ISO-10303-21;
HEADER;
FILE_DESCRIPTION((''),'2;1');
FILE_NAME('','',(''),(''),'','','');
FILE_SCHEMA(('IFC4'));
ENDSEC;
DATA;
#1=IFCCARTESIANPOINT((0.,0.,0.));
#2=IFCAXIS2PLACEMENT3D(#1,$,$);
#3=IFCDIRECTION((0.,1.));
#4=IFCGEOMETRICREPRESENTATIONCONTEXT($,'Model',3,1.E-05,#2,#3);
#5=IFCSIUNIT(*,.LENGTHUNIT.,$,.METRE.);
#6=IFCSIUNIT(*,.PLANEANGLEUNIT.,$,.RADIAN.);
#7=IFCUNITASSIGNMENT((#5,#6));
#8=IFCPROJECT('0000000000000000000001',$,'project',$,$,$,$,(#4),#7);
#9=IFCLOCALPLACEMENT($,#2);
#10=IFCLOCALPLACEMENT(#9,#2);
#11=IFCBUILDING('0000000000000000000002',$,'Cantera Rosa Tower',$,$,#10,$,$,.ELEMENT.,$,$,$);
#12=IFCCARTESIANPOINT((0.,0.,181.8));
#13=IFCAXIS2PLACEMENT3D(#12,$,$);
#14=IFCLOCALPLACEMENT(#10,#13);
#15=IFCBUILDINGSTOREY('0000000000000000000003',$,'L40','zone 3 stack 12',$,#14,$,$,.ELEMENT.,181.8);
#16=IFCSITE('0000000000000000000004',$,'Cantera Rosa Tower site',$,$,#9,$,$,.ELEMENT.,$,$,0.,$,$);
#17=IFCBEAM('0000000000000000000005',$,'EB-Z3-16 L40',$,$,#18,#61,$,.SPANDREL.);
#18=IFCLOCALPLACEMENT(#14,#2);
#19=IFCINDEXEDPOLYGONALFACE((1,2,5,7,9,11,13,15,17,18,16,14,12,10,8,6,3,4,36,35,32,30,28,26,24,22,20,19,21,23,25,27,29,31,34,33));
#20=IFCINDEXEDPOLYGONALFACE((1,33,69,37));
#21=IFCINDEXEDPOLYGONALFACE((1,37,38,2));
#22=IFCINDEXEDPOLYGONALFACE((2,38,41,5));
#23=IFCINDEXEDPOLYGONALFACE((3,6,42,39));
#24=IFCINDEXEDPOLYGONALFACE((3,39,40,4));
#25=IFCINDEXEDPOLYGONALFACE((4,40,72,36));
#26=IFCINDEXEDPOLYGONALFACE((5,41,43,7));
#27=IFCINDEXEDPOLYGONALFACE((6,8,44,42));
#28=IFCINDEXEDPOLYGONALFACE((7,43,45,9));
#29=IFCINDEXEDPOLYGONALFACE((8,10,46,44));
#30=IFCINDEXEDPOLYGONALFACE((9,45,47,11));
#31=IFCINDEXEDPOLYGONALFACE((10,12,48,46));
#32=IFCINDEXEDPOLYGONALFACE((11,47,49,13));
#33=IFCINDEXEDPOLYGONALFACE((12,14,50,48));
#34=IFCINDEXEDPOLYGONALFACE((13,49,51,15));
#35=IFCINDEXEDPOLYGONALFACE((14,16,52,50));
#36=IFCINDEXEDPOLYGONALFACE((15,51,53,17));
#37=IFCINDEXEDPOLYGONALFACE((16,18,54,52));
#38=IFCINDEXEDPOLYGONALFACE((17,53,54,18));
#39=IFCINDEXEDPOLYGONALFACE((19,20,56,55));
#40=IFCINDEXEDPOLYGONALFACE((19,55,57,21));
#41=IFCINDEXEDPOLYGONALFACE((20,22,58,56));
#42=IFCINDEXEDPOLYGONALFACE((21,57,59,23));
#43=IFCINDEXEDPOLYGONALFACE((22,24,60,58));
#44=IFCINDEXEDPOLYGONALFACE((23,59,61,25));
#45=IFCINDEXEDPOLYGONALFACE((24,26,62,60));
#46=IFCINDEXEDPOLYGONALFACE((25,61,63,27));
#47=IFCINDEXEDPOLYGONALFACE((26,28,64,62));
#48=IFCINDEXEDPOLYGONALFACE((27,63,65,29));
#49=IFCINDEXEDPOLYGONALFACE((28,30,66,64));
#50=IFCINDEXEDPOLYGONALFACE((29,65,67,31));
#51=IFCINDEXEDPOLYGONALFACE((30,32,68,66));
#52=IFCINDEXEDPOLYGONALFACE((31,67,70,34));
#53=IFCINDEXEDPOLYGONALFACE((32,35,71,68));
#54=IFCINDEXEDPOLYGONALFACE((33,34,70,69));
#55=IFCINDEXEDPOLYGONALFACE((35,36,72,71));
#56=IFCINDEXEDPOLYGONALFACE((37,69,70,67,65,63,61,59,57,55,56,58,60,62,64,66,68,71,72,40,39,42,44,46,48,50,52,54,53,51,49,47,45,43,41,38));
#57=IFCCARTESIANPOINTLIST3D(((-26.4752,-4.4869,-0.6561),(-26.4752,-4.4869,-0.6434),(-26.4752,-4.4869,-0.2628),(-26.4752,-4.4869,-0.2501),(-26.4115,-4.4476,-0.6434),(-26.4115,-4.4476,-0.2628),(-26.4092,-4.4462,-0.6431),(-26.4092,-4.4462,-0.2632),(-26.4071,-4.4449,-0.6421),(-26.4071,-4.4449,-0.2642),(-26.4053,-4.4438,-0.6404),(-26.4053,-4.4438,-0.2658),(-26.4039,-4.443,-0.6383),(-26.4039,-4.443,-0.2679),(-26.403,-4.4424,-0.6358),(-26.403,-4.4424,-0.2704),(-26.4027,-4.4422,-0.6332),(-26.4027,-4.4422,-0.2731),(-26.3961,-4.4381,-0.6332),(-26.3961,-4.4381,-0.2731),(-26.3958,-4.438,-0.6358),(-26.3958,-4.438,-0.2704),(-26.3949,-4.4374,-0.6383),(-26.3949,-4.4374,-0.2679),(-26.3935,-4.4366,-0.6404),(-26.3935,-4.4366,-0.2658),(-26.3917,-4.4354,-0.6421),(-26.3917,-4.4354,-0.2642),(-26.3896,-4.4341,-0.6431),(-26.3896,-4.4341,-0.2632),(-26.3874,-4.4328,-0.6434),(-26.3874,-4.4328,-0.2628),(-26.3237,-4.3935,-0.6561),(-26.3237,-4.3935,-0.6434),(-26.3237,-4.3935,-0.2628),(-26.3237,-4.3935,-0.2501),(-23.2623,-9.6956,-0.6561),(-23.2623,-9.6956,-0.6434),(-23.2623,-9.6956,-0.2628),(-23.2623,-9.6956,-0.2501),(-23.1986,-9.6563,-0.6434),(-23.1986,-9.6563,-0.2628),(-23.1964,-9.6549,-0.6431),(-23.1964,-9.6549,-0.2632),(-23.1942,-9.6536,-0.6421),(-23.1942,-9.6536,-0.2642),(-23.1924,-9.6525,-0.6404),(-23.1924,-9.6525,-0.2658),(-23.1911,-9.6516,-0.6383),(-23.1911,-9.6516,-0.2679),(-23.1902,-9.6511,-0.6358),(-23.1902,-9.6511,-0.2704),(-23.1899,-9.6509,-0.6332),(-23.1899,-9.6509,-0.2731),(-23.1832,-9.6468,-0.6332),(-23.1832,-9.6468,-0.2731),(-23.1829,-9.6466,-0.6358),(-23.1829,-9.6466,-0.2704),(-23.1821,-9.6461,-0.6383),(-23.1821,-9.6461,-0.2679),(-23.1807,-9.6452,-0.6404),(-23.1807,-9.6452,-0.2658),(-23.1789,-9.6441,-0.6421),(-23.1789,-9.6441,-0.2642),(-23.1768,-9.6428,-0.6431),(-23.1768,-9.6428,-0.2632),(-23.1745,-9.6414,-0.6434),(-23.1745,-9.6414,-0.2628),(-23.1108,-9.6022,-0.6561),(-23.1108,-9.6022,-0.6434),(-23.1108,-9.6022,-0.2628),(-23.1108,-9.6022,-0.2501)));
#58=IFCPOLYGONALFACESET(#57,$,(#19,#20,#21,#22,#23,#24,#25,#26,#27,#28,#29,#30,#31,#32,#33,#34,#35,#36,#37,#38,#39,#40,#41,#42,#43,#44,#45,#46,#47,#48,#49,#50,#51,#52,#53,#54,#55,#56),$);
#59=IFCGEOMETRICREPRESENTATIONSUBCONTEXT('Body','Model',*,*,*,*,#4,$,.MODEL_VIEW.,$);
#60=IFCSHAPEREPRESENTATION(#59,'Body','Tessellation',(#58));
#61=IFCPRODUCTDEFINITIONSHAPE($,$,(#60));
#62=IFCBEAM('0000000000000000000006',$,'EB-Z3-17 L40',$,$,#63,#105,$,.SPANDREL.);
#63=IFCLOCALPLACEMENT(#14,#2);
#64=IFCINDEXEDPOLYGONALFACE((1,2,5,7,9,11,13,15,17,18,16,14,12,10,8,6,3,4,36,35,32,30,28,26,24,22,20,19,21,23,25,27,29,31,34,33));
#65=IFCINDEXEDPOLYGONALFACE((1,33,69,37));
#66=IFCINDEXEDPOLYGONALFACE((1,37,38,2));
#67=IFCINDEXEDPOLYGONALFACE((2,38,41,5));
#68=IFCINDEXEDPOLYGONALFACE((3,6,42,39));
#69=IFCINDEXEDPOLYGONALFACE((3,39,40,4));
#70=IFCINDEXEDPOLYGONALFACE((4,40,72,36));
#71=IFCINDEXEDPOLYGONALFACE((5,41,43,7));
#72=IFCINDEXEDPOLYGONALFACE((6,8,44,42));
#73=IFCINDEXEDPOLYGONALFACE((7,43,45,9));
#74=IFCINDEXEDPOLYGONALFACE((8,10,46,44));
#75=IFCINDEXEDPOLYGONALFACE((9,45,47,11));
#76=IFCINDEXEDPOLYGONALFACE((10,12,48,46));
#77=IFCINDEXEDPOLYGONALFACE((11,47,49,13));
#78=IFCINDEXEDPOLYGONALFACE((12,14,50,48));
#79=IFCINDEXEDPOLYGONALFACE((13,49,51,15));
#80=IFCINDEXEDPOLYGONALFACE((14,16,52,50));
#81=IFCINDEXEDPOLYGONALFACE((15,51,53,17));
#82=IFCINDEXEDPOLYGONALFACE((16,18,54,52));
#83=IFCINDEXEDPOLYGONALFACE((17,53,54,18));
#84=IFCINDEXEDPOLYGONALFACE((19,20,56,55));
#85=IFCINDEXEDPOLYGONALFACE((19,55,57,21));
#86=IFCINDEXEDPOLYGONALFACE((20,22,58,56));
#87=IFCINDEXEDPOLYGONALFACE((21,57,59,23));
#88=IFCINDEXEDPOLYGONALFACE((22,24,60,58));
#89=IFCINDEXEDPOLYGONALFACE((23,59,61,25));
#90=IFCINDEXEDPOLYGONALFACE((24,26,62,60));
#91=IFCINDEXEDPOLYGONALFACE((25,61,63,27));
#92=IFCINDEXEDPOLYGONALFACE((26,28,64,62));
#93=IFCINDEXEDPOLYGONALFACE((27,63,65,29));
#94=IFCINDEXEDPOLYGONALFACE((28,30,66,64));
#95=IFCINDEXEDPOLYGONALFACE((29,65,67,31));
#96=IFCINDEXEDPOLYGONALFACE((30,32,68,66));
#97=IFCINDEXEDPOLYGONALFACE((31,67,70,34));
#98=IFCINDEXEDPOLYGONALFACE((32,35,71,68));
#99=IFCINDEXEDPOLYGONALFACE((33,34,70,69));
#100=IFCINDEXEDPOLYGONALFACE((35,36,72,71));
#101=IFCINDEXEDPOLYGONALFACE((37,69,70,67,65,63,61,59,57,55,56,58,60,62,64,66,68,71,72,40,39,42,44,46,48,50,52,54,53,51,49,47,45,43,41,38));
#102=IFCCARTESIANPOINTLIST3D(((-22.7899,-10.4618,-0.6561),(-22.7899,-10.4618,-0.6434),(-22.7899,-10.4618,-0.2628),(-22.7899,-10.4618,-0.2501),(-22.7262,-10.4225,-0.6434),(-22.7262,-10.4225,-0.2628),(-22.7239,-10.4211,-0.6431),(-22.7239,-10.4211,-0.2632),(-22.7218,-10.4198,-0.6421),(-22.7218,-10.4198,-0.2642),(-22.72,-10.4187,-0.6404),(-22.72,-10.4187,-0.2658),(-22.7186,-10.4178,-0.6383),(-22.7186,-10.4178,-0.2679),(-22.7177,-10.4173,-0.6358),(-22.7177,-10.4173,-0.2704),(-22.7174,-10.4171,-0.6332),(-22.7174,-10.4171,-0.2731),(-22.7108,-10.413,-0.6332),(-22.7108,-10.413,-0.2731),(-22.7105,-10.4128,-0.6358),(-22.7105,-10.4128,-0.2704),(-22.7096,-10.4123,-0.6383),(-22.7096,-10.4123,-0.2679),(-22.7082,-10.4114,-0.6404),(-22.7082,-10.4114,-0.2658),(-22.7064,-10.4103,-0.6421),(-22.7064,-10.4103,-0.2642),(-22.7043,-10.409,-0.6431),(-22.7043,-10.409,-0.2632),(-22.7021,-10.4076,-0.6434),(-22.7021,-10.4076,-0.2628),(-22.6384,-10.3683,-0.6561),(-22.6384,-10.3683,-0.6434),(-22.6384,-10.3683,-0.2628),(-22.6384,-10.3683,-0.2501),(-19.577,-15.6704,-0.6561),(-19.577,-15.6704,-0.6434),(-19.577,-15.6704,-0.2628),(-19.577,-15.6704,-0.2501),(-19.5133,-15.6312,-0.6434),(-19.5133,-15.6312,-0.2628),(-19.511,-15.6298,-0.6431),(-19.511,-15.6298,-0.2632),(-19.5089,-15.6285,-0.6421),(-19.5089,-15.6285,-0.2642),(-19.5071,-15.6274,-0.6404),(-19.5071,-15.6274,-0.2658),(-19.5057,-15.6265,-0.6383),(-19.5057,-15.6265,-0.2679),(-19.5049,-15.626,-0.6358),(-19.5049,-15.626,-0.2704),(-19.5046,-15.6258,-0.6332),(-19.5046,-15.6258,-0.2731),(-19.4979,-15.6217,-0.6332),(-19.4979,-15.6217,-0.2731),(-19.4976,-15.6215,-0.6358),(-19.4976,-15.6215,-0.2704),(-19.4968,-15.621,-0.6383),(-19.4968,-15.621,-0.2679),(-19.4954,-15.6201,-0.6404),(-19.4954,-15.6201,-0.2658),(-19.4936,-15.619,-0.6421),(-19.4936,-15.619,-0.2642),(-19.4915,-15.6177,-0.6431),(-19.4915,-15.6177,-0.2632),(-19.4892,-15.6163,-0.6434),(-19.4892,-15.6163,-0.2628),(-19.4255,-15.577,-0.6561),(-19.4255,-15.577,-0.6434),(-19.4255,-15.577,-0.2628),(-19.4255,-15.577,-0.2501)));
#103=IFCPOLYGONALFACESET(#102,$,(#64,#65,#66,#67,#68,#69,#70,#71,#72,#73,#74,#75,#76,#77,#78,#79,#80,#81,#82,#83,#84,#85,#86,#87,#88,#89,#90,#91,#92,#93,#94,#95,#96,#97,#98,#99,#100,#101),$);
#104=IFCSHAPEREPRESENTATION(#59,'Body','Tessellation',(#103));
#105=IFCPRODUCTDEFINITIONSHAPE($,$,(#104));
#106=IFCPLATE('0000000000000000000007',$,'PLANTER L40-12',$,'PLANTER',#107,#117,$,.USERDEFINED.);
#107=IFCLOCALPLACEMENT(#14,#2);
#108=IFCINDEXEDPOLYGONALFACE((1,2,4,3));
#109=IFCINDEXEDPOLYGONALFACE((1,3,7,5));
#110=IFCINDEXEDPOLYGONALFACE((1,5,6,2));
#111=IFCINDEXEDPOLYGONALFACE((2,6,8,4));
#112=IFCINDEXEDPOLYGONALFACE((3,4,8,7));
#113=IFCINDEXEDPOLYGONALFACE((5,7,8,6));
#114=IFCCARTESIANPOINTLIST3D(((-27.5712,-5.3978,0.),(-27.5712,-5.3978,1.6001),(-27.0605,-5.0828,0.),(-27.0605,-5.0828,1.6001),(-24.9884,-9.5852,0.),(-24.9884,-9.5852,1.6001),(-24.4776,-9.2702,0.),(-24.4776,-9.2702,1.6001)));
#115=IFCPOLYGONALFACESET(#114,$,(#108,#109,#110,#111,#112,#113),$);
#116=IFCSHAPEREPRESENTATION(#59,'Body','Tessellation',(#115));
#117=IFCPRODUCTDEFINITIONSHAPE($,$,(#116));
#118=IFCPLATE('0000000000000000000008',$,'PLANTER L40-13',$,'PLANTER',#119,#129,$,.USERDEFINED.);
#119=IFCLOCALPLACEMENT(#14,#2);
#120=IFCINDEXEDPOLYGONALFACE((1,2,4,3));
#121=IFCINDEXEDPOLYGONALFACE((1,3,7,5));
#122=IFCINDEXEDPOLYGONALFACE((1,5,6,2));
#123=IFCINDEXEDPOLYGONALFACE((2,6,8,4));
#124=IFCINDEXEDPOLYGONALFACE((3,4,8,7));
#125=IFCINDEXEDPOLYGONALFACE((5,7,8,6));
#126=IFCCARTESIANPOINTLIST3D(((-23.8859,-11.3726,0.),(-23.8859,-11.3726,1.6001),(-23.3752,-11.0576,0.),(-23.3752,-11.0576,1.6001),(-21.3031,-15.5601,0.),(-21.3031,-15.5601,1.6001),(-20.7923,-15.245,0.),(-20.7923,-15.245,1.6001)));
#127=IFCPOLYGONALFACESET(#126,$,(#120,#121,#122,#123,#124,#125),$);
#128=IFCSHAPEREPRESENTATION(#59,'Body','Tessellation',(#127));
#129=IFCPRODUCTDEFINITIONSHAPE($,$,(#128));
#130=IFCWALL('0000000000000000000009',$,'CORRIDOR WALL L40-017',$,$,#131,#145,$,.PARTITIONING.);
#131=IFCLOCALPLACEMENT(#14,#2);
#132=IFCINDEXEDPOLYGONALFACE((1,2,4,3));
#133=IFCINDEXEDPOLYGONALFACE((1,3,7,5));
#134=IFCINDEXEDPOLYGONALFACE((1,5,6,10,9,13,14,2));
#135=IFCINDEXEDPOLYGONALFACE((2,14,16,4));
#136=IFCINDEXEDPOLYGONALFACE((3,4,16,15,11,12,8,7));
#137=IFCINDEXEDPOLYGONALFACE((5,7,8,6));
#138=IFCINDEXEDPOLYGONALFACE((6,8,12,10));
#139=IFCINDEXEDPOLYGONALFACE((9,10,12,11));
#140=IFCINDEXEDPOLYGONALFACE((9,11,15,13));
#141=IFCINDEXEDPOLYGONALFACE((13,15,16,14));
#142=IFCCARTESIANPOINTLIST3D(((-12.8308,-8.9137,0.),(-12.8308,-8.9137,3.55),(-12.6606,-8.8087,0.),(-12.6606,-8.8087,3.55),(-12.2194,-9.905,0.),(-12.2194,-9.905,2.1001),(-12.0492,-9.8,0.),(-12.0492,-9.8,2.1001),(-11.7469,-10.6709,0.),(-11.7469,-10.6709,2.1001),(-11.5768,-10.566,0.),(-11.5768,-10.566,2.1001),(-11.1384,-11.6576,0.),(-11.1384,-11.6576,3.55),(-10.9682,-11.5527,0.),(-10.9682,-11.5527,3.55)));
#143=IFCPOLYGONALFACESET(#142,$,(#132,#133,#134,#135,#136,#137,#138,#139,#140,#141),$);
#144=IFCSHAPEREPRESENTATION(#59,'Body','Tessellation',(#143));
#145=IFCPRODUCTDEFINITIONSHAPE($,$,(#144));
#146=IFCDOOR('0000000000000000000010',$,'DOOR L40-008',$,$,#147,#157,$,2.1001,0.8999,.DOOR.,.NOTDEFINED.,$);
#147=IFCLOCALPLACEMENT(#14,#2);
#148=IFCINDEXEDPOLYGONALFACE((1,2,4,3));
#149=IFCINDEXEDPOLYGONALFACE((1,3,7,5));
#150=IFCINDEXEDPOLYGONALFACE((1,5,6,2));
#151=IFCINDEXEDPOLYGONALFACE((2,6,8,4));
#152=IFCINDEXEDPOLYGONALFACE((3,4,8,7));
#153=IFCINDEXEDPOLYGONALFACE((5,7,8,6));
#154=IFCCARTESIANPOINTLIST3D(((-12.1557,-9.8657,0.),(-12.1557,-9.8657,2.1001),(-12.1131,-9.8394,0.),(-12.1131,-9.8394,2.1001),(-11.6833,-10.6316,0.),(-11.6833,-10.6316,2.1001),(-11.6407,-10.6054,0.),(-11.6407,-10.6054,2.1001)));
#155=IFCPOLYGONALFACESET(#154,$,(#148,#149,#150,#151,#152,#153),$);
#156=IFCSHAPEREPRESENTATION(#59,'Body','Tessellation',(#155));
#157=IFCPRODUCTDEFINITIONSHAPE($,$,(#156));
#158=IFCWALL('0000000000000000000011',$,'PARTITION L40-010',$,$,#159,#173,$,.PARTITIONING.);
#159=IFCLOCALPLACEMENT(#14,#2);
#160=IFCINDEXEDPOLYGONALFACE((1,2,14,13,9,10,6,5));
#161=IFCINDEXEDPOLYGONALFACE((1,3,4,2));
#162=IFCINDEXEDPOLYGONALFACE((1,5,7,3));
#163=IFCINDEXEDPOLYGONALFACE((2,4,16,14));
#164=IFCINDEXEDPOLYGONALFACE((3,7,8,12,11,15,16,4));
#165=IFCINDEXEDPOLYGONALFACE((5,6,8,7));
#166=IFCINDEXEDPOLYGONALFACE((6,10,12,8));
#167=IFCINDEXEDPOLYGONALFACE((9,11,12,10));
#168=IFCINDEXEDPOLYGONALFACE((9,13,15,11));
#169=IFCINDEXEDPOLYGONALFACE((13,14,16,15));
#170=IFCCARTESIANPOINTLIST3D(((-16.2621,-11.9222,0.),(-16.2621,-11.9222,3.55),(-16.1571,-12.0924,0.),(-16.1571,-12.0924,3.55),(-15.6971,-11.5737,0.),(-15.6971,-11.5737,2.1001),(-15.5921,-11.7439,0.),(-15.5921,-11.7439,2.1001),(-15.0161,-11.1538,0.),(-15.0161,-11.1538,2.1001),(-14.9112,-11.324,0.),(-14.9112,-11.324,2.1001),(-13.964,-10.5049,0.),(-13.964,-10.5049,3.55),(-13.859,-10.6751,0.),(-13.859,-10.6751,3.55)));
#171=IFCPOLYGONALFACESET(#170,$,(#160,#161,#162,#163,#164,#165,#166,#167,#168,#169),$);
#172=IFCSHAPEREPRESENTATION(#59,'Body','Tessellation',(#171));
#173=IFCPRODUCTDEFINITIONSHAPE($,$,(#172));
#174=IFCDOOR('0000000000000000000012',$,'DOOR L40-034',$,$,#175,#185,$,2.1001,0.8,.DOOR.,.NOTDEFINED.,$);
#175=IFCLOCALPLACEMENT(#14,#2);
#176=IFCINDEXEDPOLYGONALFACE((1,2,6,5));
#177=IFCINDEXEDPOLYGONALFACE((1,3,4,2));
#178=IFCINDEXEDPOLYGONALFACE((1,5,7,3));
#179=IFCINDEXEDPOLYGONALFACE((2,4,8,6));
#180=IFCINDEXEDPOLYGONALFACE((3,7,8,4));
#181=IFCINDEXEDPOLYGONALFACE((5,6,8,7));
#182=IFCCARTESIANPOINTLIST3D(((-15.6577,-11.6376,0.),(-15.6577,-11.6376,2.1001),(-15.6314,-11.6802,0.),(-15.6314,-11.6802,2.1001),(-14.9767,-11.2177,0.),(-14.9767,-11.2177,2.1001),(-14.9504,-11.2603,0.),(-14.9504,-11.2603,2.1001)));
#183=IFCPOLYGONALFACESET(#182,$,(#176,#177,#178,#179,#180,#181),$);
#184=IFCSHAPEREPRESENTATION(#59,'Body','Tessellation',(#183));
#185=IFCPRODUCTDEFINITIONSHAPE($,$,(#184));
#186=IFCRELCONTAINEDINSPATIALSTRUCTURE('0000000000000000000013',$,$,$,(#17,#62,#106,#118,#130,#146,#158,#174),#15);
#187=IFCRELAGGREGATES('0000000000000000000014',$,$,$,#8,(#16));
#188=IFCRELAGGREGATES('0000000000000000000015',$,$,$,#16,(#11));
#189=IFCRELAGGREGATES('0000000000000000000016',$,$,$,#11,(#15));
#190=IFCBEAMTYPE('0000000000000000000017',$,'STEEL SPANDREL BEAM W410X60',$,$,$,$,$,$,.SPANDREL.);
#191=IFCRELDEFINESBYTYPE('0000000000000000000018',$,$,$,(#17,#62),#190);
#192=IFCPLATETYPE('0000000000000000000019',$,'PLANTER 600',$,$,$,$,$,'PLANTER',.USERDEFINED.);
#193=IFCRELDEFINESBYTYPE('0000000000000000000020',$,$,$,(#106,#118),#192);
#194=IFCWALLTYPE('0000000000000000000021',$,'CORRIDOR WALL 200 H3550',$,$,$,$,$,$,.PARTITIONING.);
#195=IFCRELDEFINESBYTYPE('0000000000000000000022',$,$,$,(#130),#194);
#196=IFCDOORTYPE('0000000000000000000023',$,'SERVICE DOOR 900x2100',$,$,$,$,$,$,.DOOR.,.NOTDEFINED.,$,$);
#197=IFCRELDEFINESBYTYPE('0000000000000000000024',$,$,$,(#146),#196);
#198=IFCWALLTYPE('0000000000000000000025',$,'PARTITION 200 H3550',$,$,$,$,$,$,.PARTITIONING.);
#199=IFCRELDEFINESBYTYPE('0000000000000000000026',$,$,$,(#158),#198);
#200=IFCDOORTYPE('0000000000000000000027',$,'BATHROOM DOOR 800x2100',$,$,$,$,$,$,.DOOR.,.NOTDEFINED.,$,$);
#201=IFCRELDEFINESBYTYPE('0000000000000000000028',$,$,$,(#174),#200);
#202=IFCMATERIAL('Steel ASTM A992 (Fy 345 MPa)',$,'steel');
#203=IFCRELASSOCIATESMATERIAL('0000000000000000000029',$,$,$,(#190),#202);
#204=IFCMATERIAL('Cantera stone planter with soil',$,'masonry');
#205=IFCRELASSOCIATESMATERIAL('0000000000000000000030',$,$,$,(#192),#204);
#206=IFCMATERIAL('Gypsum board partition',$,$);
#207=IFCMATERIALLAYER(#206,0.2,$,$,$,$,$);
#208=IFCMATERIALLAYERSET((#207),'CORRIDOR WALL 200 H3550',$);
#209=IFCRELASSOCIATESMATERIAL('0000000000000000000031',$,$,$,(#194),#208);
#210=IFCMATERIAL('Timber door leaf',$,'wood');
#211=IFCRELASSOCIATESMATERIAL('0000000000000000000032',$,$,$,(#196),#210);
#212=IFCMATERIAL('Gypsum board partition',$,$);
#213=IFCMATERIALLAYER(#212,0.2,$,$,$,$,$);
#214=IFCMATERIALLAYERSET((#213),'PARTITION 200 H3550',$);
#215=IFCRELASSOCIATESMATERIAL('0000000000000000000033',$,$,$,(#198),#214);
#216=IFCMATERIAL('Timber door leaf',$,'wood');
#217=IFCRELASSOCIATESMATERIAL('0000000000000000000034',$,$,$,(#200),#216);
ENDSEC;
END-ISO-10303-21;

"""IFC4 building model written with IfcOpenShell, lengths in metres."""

from ifc_helpers import new_model, si_unit, direction, frame, frame_2d, origin, origin_2d, place, context, subcontext, project, spatial, rectangle, i_section, extrude, material, layer, layer_set, material_profile, profile_set, type_object, element, fill, save


model = new_model("IFC4")

# Units and contexts
model_context = context("Model", 3, precision=1e-05, world=origin(), true_north=direction((0.0, 1.0)))
body_context = subcontext(model_context, "Body", "Model", "MODEL_VIEW")
ifc_project = project(units=[si_unit("LENGTHUNIT", "METRE"), si_unit("PLANEANGLEUNIT", "RADIAN")], contexts=[model_context])

# Site, building, storey
site_placement = place(None, origin())
site = spatial("IfcSite", under=ifc_project, at=site_placement, Name="Cantera Rosa Tower site", CompositionType="ELEMENT", RefElevation=0.0)
building_placement = place(site_placement, origin())
building = spatial("IfcBuilding", under=site, at=building_placement, Name="Cantera Rosa Tower", CompositionType="ELEMENT")
storey_placement = place(building_placement, frame((0.0, 0.0, 181.8)))
storey = spatial("IfcBuildingStorey", under=building, at=storey_placement, Name="L40", Description="zone 3 stack 12", CompositionType="ELEMENT", Elevation=181.8)

# Beams
ifc_material_1 = material(Name="Steel ASTM A992 (Fy 345 MPa)", Category="steel")
ifc_material_profile_1 = material_profile(ifc_material_1, i_section(OverallWidth=0.178, OverallDepth=0.406, WebThickness=0.0078, FlangeThickness=0.0127, FilletRadius=0.0103, at=origin_2d()), Name="W410X60")
ifc_profile_set_1 = profile_set([ifc_material_profile_1], Name="Steel ASTM A992 (Fy 345 MPa)")
beam_type_1 = type_object("IfcBeamType", Name="STEEL SPANDREL BEAM W410X60", PredefinedType="SPANDREL", material=ifc_profile_set_1)
for number, where, z_axis, x_axis, name in (
    (1, (-26.3994, -4.4402, -0.4531), (0.524987, -0.85111, 0.0), (0.85111, 0.524987, 0.0), "EB-Z3-16 L40"),
    (2, (-22.7141, -10.415, -0.4531), (0.524987, -0.85111, 0.0), (0.85111, 0.524987, 0.0), "EB-Z3-17 L40"),
):
    element("IfcBeam", number, at=place(storey_placement, frame(where, z_axis=z_axis, x_axis=x_axis)), inside=storey, type_object=beam_type_1, Name=name, PredefinedType="SPANDREL", context=body_context, shape_type="SweptSolid", body=[
        extrude(i_section(OverallWidth=0.178, OverallDepth=0.406, WebThickness=0.0078, FlangeThickness=0.0127, FilletRadius=0.0103, at=origin_2d()), origin(), (0.0, 0.0, 1.0), 6.1199),
    ])

# Plates
ifc_material_2 = material(Name="Cantera stone planter with soil", Category="masonry")
plate_type = type_object("IfcPlateType", Name="PLANTER 600", ElementType="PLANTER", PredefinedType="USERDEFINED", material=ifc_material_2)
for number, where, z_axis, x_axis, name in (
    (3, (-26.0244, -7.334, 0.0), (0.0, 0.0, 1.0), (0.524977, -0.851117, 0.0), "PLANTER L40-12"),
    (4, (-22.3391, -13.3088, 0.0), (0.0, 0.0, 1.0), (0.524977, -0.851117, 0.0), "PLANTER L40-13"),
):
    element("IfcPlate", number, at=place(storey_placement, frame(where, z_axis=z_axis, x_axis=x_axis)), inside=storey, type_object=plate_type, Name=name, ObjectType="PLANTER", PredefinedType="USERDEFINED", context=body_context, shape_type="SweptSolid", body=[
        extrude(rectangle(XDim=4.9199, YDim=0.6001, at=origin_2d()), origin(), (0.0, 0.0, 1.0), 1.6001),
    ])

# Wall, opening, door
ifc_material_3 = material(Name="Gypsum board partition")
ifc_layer_1 = layer(ifc_material_3, 0.2)
ifc_layer_set_1 = layer_set([ifc_layer_1], Name="CORRIDOR WALL 200 H3550")
wall_type_1 = type_object("IfcWallType", Name="CORRIDOR WALL 200 H3550", PredefinedType="PARTITIONING", material=ifc_layer_set_1)
wall_1_placement = place(storey_placement, frame((-12.7456, -8.8613, 0.0), z_axis=(0.0, 0.0, 1.0), x_axis=(0.524959, -0.851127, 0.0)))
wall_1 = element("IfcWall", 5, at=wall_1_placement, inside=storey, type_object=wall_type_1, Name="CORRIDOR WALL L40-017", PredefinedType="PARTITIONING", context=body_context, shape_type="SweptSolid", body=[
    extrude(rectangle(XDim=3.2239, YDim=0.2, at=frame_2d((1.6118, 0.0))), origin(), (0.0, 0.0, 1.0), 3.55),
])
opening_1_placement = place(wall_1_placement, frame((1.1646, 0.0, 0.0)))
opening_1 = element("IfcOpeningElement", 6, at=opening_1_placement, cuts=wall_1, PredefinedType="OPENING", context=body_context, shape_type="SweptSolid", body=[
    extrude(rectangle(XDim=0.8999, YDim=2.1001, at=frame_2d((0.45, 1.05))), frame((0.0, 0.1099, 0.0), z_axis=(0.0, -1.0, 0.0), x_axis=(1.0, 0.0, 0.0)), (0.0, 0.0, 1.0), 0.22),
])
ifc_material_4 = material(Name="Timber door leaf", Category="wood")
door_type_1 = type_object("IfcDoorType", Name="SERVICE DOOR 900x2100", OperationType="NOTDEFINED", PredefinedType="DOOR", material=ifc_material_4)
door_1_placement = place(opening_1_placement, origin())
door_1 = element("IfcDoor", 7, at=door_1_placement, inside=storey, type_object=door_type_1, Name="DOOR L40-008", OperationType="NOTDEFINED", OverallHeight=2.1001, OverallWidth=0.8999, PredefinedType="DOOR", context=body_context, shape_type="SweptSolid", body=[
    extrude(rectangle(XDim=0.8999, YDim=2.1001, at=frame_2d((0.45, 1.05))), frame((0.0, 0.0249, 0.0), z_axis=(0.0, -1.0, 0.0), x_axis=(1.0, 0.0, 0.0)), (0.0, 0.0, 1.0), 0.05),
])
fill(opening_1, door_1)

# Wall, opening, door
ifc_material_5 = material(Name="Gypsum board partition")
ifc_layer_2 = layer(ifc_material_5, 0.2)
ifc_layer_set_2 = layer_set([ifc_layer_2], Name="PARTITION 200 H3550")
wall_type_2 = type_object("IfcWallType", Name="PARTITION 200 H3550", PredefinedType="PARTITIONING", material=ifc_layer_set_2)
wall_2_placement = place(storey_placement, frame((-16.2097, -12.0073, 0.0), z_axis=(0.0, 0.0, 1.0), x_axis=(0.851158, 0.524909, 0.0)))
wall_2 = element("IfcWall", 8, at=wall_2_placement, inside=storey, type_object=wall_type_2, Name="PARTITION L40-010", PredefinedType="PARTITIONING", context=body_context, shape_type="SweptSolid", body=[
    extrude(rectangle(XDim=2.7, YDim=0.2, at=frame_2d((1.3501, 0.0))), origin(), (0.0, 0.0, 1.0), 3.55),
])
opening_2_placement = place(wall_2_placement, frame((0.6641, 0.0, 0.0)))
opening_2 = element("IfcOpeningElement", 9, at=opening_2_placement, cuts=wall_2, PredefinedType="OPENING", context=body_context, shape_type="SweptSolid", body=[
    extrude(rectangle(XDim=0.8, YDim=2.1001, at=frame_2d((0.3999, 1.05))), frame((0.0, 0.1099, 0.0), z_axis=(0.0, -1.0, 0.0), x_axis=(1.0, 0.0, 0.0)), (0.0, 0.0, 1.0), 0.22),
])
ifc_material_6 = material(Name="Timber door leaf", Category="wood")
door_type_2 = type_object("IfcDoorType", Name="BATHROOM DOOR 800x2100", OperationType="NOTDEFINED", PredefinedType="DOOR", material=ifc_material_6)
door_2_placement = place(opening_2_placement, origin())
door_2 = element("IfcDoor", 10, at=door_2_placement, inside=storey, type_object=door_type_2, Name="DOOR L40-034", OperationType="NOTDEFINED", OverallHeight=2.1001, OverallWidth=0.8, PredefinedType="DOOR", context=body_context, shape_type="SweptSolid", body=[
    extrude(rectangle(XDim=0.8, YDim=2.1001, at=frame_2d((0.3999, 1.05))), frame((0.0, 0.0249, 0.0), z_axis=(0.0, -1.0, 0.0), x_axis=(1.0, 0.0, 0.0)), (0.0, 0.0, 1.0), 0.05),
])
fill(opening_2, door_2)

save(model, "model.ifc")
